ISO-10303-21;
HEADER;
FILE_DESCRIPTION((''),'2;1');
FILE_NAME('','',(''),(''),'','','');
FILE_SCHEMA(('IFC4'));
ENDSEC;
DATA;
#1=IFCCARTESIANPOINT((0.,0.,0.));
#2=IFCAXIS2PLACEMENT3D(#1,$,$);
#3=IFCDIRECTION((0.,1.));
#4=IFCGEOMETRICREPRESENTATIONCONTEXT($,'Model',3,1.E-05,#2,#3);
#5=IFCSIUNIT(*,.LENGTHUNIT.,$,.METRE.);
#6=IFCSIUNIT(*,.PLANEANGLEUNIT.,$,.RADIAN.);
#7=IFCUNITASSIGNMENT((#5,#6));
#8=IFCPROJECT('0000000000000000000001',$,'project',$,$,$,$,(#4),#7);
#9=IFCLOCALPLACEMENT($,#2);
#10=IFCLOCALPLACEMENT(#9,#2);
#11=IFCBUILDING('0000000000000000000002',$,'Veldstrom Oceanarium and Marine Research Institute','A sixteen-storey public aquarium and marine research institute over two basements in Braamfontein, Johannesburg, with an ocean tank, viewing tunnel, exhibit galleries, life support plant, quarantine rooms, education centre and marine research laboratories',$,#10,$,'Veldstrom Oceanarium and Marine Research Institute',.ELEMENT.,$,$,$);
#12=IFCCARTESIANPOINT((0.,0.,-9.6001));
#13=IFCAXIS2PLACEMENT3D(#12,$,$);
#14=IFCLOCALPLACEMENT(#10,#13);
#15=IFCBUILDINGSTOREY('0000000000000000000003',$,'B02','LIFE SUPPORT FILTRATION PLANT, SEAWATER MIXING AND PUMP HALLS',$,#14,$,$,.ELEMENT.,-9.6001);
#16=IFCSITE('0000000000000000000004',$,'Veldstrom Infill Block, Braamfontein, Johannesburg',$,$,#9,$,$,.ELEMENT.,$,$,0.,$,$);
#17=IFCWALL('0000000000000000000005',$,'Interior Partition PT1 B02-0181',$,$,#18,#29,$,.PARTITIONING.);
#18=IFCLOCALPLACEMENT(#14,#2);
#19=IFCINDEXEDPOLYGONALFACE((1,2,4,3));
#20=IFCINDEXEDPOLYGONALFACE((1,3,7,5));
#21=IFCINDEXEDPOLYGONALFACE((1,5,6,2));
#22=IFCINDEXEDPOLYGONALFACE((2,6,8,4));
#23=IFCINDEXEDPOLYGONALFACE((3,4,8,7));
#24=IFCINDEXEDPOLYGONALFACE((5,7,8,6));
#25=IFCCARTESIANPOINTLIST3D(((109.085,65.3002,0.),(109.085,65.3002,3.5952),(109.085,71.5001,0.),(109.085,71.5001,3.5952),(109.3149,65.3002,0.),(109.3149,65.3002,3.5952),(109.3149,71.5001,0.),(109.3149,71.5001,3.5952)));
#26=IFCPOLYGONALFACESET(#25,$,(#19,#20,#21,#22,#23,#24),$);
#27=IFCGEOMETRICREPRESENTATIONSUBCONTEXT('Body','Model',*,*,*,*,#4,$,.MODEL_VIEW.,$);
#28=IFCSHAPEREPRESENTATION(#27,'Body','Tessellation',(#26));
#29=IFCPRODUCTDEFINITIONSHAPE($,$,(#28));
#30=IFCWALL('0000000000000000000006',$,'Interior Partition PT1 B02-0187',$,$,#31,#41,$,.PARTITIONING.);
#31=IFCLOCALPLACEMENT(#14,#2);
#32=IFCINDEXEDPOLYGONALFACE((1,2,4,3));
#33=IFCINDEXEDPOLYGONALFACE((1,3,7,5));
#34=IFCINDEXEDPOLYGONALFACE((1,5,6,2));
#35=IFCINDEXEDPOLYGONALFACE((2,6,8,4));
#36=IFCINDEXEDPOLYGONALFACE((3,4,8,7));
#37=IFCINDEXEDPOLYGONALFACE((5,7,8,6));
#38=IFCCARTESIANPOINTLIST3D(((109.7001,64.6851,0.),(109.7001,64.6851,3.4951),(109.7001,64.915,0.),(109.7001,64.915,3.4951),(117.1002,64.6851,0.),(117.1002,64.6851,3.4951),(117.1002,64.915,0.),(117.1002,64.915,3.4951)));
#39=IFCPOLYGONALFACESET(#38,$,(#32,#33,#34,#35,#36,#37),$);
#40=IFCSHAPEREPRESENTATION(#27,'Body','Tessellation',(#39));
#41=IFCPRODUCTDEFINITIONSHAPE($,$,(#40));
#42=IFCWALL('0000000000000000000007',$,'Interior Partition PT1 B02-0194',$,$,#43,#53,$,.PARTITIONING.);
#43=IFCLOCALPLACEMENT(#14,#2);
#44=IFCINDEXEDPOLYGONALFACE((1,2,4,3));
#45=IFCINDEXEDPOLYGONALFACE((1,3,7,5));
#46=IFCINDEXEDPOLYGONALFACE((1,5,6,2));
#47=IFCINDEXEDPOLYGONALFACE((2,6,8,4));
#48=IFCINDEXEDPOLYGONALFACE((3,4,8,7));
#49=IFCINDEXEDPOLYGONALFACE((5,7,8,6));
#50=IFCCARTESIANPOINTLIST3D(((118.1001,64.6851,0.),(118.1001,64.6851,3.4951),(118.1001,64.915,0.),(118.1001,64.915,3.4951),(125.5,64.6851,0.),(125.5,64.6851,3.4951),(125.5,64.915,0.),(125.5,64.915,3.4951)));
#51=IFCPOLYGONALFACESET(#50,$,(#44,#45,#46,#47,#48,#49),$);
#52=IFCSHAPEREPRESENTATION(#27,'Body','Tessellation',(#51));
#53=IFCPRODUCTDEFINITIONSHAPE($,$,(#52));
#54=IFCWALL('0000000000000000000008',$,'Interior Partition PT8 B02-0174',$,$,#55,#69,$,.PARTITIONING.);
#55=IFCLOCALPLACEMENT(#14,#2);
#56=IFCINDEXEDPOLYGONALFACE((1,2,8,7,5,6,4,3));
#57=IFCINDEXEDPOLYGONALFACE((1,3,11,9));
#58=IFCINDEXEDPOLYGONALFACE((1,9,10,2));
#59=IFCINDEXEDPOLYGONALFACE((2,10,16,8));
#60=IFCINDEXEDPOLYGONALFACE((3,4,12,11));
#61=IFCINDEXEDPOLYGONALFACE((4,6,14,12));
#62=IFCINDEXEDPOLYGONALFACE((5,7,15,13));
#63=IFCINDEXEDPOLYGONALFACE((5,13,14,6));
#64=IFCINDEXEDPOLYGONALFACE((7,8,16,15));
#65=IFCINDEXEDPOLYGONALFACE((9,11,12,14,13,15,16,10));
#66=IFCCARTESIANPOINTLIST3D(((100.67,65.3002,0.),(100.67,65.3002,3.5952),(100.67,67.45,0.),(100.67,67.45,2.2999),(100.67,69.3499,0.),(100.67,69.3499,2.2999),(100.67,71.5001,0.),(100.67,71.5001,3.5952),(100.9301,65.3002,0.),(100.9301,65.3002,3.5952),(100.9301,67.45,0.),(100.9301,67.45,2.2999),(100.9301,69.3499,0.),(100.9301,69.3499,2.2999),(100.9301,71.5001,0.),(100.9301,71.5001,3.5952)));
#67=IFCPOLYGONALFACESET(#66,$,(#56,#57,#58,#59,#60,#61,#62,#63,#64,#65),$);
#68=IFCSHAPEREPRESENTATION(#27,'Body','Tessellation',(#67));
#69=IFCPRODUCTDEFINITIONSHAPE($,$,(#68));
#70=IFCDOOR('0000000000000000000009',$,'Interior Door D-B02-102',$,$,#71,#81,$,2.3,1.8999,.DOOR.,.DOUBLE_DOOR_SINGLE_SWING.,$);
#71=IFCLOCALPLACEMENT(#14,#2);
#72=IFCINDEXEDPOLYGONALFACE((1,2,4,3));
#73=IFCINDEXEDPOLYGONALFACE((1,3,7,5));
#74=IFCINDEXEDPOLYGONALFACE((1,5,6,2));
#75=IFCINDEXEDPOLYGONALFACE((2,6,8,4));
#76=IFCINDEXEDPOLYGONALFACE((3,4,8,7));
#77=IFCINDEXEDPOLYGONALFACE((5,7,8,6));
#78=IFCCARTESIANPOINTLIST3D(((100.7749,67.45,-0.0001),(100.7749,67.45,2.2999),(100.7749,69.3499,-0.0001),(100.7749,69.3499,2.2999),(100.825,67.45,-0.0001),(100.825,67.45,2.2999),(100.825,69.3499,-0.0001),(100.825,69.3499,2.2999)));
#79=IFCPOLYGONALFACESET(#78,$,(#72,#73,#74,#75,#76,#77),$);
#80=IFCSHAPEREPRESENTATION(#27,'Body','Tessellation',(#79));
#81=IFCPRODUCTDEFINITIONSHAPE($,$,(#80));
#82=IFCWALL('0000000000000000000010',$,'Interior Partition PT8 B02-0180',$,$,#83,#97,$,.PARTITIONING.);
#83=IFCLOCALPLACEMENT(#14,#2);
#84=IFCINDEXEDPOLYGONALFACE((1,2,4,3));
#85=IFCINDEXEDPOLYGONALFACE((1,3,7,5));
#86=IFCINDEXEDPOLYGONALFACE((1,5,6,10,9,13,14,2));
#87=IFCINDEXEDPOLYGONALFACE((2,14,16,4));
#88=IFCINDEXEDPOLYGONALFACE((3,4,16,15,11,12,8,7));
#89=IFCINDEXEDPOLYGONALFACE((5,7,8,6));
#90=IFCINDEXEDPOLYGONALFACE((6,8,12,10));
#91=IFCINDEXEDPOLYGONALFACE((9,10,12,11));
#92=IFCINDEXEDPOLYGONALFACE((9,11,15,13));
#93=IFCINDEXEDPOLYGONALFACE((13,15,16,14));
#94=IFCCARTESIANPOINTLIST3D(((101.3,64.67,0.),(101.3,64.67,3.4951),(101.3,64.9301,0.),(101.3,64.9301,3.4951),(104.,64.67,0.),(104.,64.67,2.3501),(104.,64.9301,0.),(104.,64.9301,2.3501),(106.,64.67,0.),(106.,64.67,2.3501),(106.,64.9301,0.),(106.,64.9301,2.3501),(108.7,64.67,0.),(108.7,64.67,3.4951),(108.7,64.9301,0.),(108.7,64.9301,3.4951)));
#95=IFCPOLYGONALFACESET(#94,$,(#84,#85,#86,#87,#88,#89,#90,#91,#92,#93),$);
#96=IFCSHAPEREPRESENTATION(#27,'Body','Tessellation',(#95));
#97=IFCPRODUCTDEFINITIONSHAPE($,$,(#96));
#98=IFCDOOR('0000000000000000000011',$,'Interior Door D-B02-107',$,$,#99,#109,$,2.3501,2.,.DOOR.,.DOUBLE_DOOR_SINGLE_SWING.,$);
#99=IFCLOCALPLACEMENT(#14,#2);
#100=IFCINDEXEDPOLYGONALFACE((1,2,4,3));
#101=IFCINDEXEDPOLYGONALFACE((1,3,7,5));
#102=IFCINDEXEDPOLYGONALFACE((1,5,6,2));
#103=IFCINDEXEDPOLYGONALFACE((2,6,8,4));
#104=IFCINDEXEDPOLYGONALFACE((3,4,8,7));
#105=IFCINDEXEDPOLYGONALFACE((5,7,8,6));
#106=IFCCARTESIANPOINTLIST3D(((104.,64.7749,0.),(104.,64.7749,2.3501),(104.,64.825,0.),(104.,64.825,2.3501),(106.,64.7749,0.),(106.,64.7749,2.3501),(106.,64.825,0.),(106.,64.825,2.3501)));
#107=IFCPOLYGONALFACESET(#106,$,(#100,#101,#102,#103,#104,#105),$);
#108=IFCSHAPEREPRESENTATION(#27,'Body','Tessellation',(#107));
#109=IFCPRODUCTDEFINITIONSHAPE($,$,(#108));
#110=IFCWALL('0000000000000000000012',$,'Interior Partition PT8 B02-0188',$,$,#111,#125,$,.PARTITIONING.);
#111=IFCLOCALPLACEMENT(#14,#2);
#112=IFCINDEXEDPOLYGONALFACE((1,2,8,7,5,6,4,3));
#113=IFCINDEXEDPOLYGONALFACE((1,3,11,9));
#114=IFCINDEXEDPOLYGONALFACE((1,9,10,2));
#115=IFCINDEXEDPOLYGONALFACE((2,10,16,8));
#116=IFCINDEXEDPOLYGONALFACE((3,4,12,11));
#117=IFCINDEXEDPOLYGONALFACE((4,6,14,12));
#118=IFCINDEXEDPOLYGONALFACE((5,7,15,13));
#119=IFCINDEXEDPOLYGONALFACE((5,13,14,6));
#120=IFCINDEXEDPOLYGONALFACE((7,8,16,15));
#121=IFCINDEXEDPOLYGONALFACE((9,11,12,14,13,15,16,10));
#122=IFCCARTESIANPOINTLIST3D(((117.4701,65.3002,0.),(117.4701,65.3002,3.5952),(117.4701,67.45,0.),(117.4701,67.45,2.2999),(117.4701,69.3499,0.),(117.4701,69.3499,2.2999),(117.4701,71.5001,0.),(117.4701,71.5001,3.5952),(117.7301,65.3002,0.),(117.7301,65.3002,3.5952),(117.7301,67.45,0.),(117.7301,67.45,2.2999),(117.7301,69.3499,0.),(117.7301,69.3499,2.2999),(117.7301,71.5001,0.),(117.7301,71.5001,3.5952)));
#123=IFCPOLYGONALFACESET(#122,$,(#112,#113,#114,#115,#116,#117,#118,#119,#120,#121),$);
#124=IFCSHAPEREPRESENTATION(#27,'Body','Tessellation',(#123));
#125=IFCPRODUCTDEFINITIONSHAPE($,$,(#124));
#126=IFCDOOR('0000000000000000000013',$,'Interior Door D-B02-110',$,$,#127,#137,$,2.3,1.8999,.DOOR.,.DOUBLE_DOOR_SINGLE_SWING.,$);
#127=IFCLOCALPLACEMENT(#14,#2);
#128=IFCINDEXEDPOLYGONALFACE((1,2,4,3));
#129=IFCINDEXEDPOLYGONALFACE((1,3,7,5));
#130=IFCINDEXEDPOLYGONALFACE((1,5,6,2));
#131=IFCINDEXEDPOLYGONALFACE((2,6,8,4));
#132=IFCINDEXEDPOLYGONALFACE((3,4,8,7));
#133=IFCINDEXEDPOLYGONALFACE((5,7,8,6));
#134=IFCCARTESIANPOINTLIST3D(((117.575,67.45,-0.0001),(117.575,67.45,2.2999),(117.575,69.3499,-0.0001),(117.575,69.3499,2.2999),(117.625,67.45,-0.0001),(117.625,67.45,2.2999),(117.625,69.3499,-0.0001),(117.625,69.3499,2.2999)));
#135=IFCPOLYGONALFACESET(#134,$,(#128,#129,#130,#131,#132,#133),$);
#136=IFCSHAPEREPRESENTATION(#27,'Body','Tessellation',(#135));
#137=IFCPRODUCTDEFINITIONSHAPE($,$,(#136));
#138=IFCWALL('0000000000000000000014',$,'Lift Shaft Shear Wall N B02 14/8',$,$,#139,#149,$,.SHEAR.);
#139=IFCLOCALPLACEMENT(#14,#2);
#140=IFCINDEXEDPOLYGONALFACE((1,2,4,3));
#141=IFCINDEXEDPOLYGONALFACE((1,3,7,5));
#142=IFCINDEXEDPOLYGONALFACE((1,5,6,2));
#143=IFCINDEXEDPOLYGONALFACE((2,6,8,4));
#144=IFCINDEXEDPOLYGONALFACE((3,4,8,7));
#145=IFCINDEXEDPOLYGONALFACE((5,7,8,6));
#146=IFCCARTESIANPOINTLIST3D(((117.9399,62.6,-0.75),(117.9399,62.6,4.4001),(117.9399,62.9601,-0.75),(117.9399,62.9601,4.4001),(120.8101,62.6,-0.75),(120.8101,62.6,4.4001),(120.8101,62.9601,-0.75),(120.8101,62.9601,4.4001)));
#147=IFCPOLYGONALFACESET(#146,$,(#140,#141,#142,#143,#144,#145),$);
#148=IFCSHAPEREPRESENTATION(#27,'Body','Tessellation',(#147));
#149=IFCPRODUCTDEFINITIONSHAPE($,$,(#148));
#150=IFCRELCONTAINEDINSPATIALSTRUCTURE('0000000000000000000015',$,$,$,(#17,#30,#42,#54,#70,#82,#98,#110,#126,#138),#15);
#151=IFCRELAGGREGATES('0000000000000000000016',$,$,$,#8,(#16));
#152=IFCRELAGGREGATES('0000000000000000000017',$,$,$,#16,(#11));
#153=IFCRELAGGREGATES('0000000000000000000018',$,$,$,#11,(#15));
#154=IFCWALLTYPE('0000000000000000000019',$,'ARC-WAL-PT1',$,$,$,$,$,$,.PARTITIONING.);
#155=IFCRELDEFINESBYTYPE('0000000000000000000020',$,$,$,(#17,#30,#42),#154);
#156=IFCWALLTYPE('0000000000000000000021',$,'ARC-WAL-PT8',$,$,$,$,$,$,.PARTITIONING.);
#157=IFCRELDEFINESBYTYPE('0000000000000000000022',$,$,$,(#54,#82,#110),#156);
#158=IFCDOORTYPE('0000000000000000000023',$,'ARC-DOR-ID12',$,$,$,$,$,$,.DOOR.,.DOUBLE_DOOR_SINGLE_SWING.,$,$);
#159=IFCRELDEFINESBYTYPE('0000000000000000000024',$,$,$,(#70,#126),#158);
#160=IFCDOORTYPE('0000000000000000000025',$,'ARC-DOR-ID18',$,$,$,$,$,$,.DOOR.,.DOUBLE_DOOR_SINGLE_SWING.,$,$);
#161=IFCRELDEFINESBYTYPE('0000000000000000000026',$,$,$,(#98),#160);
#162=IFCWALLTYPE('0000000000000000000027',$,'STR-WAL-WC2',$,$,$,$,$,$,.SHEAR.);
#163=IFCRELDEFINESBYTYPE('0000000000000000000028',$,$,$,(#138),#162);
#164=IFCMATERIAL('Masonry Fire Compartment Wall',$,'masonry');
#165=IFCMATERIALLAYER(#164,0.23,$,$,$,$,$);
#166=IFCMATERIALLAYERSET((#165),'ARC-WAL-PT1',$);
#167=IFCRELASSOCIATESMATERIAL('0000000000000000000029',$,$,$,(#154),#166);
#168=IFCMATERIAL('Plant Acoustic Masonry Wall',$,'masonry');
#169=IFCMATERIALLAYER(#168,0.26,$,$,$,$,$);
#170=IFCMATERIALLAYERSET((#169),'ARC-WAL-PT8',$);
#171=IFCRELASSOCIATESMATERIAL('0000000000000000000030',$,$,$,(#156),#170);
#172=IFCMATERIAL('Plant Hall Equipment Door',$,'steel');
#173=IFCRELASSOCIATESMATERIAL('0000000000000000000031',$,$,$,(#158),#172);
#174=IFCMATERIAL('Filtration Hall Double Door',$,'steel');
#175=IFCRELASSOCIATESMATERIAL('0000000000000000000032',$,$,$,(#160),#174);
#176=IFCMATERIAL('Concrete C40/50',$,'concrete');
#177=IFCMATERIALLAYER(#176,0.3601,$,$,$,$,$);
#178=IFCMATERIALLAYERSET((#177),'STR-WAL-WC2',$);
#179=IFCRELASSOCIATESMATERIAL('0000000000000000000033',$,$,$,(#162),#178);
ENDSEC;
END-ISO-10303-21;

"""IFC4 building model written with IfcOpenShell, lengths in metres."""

from ifc_helpers import new_model, si_unit, direction, frame, frame_2d, origin, place, context, subcontext, project, spatial, rectangle, extrude, material, layer, layer_set, type_object, element, fill, save


model = new_model("IFC4")

# Units and contexts
model_context = context("Model", 3, precision=1e-05, world=origin(), true_north=direction((0.0, 1.0)))
body_context = subcontext(model_context, "Body", "Model", "MODEL_VIEW")
ifc_project = project(units=[si_unit("LENGTHUNIT", "METRE"), si_unit("PLANEANGLEUNIT", "RADIAN")], contexts=[model_context])

# Site, building, storey
site_placement = place(None, origin())
site = spatial("IfcSite", under=ifc_project, at=site_placement, Name="Veldstrom Infill Block, Braamfontein, Johannesburg", CompositionType="ELEMENT", RefElevation=0.0)
building_placement = place(site_placement, origin())
building = spatial("IfcBuilding", under=site, at=building_placement, Name="Veldstrom Oceanarium and Marine Research Institute", Description="A sixteen-storey public aquarium and marine research institute over two basements in Braamfontein, Johannesburg, with an ocean tank, viewing tunnel, exhibit galleries, life support plant, quarantine rooms, education centre and marine research laboratories", LongName="Veldstrom Oceanarium and Marine Research Institute", CompositionType="ELEMENT")
storey_placement = place(building_placement, frame((0.0, 0.0, -9.6001)))
storey = spatial("IfcBuildingStorey", under=building, at=storey_placement, Name="B02", Description="LIFE SUPPORT FILTRATION PLANT, SEAWATER MIXING AND PUMP HALLS", CompositionType="ELEMENT", Elevation=-9.6001)

# Walls
ifc_material_1 = material(Name="Masonry Fire Compartment Wall", Category="masonry")
ifc_layer_1 = layer(ifc_material_1, 0.23)
ifc_layer_set_1 = layer_set([ifc_layer_1], Name="ARC-WAL-PT1")
wall_type_1 = type_object("IfcWallType", Name="ARC-WAL-PT1", PredefinedType="PARTITIONING", material=ifc_layer_set_1)
wall_1_placement = place(storey_placement, frame((109.2, 65.3, 0.0), z_axis=(0.0, 0.0, 1.0), x_axis=(0.0, 1.0, 0.0)))
element("IfcWall", 1, at=wall_1_placement, inside=storey, type_object=wall_type_1, Name="Interior Partition PT1 B02-0181", PredefinedType="PARTITIONING", context=body_context, shape_type="SweptSolid", body=[
    extrude(rectangle(XDim=6.2, YDim=0.23, at=frame_2d((3.1001, 0.0))), origin(), (0.0, 0.0, 1.0), 3.5952),
])
wall_2_placement = place(storey_placement, frame((109.7, 64.8, 0.0), z_axis=(0.0, 0.0, 1.0), x_axis=(1.0, 0.0, 0.0)))
element("IfcWall", 2, at=wall_2_placement, inside=storey, type_object=wall_type_1, Name="Interior Partition PT1 B02-0187", PredefinedType="PARTITIONING", context=body_context, shape_type="SweptSolid", body=[
    extrude(rectangle(XDim=7.4001, YDim=0.23, at=frame_2d((3.7002, 0.0))), origin(), (0.0, 0.0, 1.0), 3.4951),
])
wall_3_placement = place(storey_placement, frame((118.1001, 64.8, 0.0), z_axis=(0.0, 0.0, 1.0), x_axis=(1.0, 0.0, 0.0)))
element("IfcWall", 3, at=wall_3_placement, inside=storey, type_object=wall_type_1, Name="Interior Partition PT1 B02-0194", PredefinedType="PARTITIONING", context=body_context, shape_type="SweptSolid", body=[
    extrude(rectangle(XDim=7.3999, YDim=0.23, at=frame_2d((3.7, 0.0))), origin(), (0.0, 0.0, 1.0), 3.4951),
])

# Walls, openings, doors
ifc_material_2 = material(Name="Plant Acoustic Masonry Wall", Category="masonry")
ifc_layer_2 = layer(ifc_material_2, 0.26)
ifc_layer_set_2 = layer_set([ifc_layer_2], Name="ARC-WAL-PT8")
wall_type_2 = type_object("IfcWallType", Name="ARC-WAL-PT8", PredefinedType="PARTITIONING", material=ifc_layer_set_2)
wall_4_placement = place(storey_placement, frame((100.8, 65.3, 0.0), z_axis=(0.0, 0.0, 1.0), x_axis=(0.0, 1.0, 0.0)))
wall_4 = element("IfcWall", 4, at=wall_4_placement, inside=storey, type_object=wall_type_2, Name="Interior Partition PT8 B02-0174", PredefinedType="PARTITIONING", context=body_context, shape_type="SweptSolid", body=[
    extrude(rectangle(XDim=6.2, YDim=0.26, at=frame_2d((3.1001, 0.0))), origin(), (0.0, 0.0, 1.0), 3.5952),
])
opening_1_placement = place(wall_4_placement, frame((2.1499, 0.0, 0.0)))
opening_1 = element("IfcOpeningElement", 5, at=opening_1_placement, cuts=wall_4, PredefinedType="OPENING", context=body_context, shape_type="SweptSolid", body=[
    extrude(rectangle(XDim=1.8999, YDim=2.3, at=frame_2d((0.95, 1.1499))), frame((0.0, 0.1399, 0.0), z_axis=(0.0, -1.0, 0.0), x_axis=(1.0, 0.0, 0.0)), (0.0, 0.0, 1.0), 0.28),
])
ifc_material_3 = material(Name="Plant Hall Equipment Door", Category="steel")
door_type_1 = type_object("IfcDoorType", Name="ARC-DOR-ID12", OperationType="DOUBLE_DOOR_SINGLE_SWING", PredefinedType="DOOR", material=ifc_material_3)
door_1_placement = place(opening_1_placement, frame((1.8999, 0.0, 0.0), z_axis=(0.0, 0.0, 1.0), x_axis=(-1.0, 0.0, 0.0)))
door_1 = element("IfcDoor", 6, at=door_1_placement, inside=storey, type_object=door_type_1, Name="Interior Door D-B02-102", OperationType="DOUBLE_DOOR_SINGLE_SWING", OverallHeight=2.3, OverallWidth=1.8999, PredefinedType="DOOR", context=body_context, shape_type="SweptSolid", body=[
    extrude(rectangle(XDim=1.8999, YDim=2.3, at=frame_2d((0.95, 1.1499))), frame((0.0, 0.0249, 0.0), z_axis=(0.0, -1.0, 0.0), x_axis=(1.0, 0.0, 0.0)), (0.0, 0.0, 1.0), 0.05),
])
fill(opening_1, door_1)
wall_5_placement = place(storey_placement, frame((101.3, 64.8, 0.0), z_axis=(0.0, 0.0, 1.0), x_axis=(1.0, 0.0, 0.0)))
wall_5 = element("IfcWall", 7, at=wall_5_placement, inside=storey, type_object=wall_type_2, Name="Interior Partition PT8 B02-0180", PredefinedType="PARTITIONING", context=body_context, shape_type="SweptSolid", body=[
    extrude(rectangle(XDim=7.3999, YDim=0.26, at=frame_2d((3.7, 0.0))), origin(), (0.0, 0.0, 1.0), 3.4951),
])
opening_2_placement = place(wall_5_placement, frame((2.7, 0.0, 0.0)))
opening_2 = element("IfcOpeningElement", 8, at=opening_2_placement, cuts=wall_5, PredefinedType="OPENING", context=body_context, shape_type="SweptSolid", body=[
    extrude(rectangle(XDim=2.0, YDim=2.3501, at=frame_2d((1.0, 1.175))), frame((0.0, 0.1399, 0.0), z_axis=(0.0, -1.0, 0.0), x_axis=(1.0, 0.0, 0.0)), (0.0, 0.0, 1.0), 0.28),
])
ifc_material_4 = material(Name="Filtration Hall Double Door", Category="steel")
door_type_2 = type_object("IfcDoorType", Name="ARC-DOR-ID18", OperationType="DOUBLE_DOOR_SINGLE_SWING", PredefinedType="DOOR", material=ifc_material_4)
door_2_placement = place(opening_2_placement, origin())
door_2 = element("IfcDoor", 9, at=door_2_placement, inside=storey, type_object=door_type_2, Name="Interior Door D-B02-107", OperationType="DOUBLE_DOOR_SINGLE_SWING", OverallHeight=2.3501, OverallWidth=2.0, PredefinedType="DOOR", context=body_context, shape_type="SweptSolid", body=[
    extrude(rectangle(XDim=2.0, YDim=2.3501, at=frame_2d((1.0, 1.175))), frame((0.0, 0.0249, 0.0), z_axis=(0.0, -1.0, 0.0), x_axis=(1.0, 0.0, 0.0)), (0.0, 0.0, 1.0), 0.05),
])
fill(opening_2, door_2)
wall_6_placement = place(storey_placement, frame((117.6001, 65.3, 0.0), z_axis=(0.0, 0.0, 1.0), x_axis=(0.0, 1.0, 0.0)))
wall_6 = element("IfcWall", 10, at=wall_6_placement, inside=storey, type_object=wall_type_2, Name="Interior Partition PT8 B02-0188", PredefinedType="PARTITIONING", context=body_context, shape_type="SweptSolid", body=[
    extrude(rectangle(XDim=6.2, YDim=0.26, at=frame_2d((3.1001, 0.0))), origin(), (0.0, 0.0, 1.0), 3.5952),
])
opening_3_placement = place(wall_6_placement, frame((2.1499, 0.0, 0.0)))
opening_3 = element("IfcOpeningElement", 11, at=opening_3_placement, cuts=wall_6, PredefinedType="OPENING", context=body_context, shape_type="SweptSolid", body=[
    extrude(rectangle(XDim=1.8999, YDim=2.3, at=frame_2d((0.95, 1.1499))), frame((0.0, 0.1399, 0.0), z_axis=(0.0, -1.0, 0.0), x_axis=(1.0, 0.0, 0.0)), (0.0, 0.0, 1.0), 0.28),
])
door_3_placement = place(opening_3_placement, frame((1.8999, 0.0, 0.0), z_axis=(0.0, 0.0, 1.0), x_axis=(-1.0, 0.0, 0.0)))
door_3 = element("IfcDoor", 12, at=door_3_placement, inside=storey, type_object=door_type_1, Name="Interior Door D-B02-110", OperationType="DOUBLE_DOOR_SINGLE_SWING", OverallHeight=2.3, OverallWidth=1.8999, PredefinedType="DOOR", context=body_context, shape_type="SweptSolid", body=[
    extrude(rectangle(XDim=1.8999, YDim=2.3, at=frame_2d((0.95, 1.1499))), frame((0.0, 0.0249, 0.0), z_axis=(0.0, -1.0, 0.0), x_axis=(1.0, 0.0, 0.0)), (0.0, 0.0, 1.0), 0.05),
])
fill(opening_3, door_3)

# Wall
ifc_material_5 = material(Name="Concrete C40/50", Category="concrete")
ifc_layer_3 = layer(ifc_material_5, 0.3601)
ifc_layer_set_3 = layer_set([ifc_layer_3], Name="STR-WAL-WC2")
wall_type_3 = type_object("IfcWallType", Name="STR-WAL-WC2", PredefinedType="SHEAR", material=ifc_layer_set_3)
wall_7_placement = place(storey_placement, frame((117.9399, 62.78, -0.75), z_axis=(0.0, 0.0, 1.0), x_axis=(1.0, 0.0, 0.0)))
element("IfcWall", 13, at=wall_7_placement, inside=storey, type_object=wall_type_3, Name="Lift Shaft Shear Wall N B02 14/8", PredefinedType="SHEAR", context=body_context, shape_type="SweptSolid", body=[
    extrude(rectangle(XDim=2.8701, YDim=0.3601, at=frame_2d((1.4351, 0.0))), origin(), (0.0, 0.0, 1.0), 5.1501),
])

save(model, "model.ifc")
